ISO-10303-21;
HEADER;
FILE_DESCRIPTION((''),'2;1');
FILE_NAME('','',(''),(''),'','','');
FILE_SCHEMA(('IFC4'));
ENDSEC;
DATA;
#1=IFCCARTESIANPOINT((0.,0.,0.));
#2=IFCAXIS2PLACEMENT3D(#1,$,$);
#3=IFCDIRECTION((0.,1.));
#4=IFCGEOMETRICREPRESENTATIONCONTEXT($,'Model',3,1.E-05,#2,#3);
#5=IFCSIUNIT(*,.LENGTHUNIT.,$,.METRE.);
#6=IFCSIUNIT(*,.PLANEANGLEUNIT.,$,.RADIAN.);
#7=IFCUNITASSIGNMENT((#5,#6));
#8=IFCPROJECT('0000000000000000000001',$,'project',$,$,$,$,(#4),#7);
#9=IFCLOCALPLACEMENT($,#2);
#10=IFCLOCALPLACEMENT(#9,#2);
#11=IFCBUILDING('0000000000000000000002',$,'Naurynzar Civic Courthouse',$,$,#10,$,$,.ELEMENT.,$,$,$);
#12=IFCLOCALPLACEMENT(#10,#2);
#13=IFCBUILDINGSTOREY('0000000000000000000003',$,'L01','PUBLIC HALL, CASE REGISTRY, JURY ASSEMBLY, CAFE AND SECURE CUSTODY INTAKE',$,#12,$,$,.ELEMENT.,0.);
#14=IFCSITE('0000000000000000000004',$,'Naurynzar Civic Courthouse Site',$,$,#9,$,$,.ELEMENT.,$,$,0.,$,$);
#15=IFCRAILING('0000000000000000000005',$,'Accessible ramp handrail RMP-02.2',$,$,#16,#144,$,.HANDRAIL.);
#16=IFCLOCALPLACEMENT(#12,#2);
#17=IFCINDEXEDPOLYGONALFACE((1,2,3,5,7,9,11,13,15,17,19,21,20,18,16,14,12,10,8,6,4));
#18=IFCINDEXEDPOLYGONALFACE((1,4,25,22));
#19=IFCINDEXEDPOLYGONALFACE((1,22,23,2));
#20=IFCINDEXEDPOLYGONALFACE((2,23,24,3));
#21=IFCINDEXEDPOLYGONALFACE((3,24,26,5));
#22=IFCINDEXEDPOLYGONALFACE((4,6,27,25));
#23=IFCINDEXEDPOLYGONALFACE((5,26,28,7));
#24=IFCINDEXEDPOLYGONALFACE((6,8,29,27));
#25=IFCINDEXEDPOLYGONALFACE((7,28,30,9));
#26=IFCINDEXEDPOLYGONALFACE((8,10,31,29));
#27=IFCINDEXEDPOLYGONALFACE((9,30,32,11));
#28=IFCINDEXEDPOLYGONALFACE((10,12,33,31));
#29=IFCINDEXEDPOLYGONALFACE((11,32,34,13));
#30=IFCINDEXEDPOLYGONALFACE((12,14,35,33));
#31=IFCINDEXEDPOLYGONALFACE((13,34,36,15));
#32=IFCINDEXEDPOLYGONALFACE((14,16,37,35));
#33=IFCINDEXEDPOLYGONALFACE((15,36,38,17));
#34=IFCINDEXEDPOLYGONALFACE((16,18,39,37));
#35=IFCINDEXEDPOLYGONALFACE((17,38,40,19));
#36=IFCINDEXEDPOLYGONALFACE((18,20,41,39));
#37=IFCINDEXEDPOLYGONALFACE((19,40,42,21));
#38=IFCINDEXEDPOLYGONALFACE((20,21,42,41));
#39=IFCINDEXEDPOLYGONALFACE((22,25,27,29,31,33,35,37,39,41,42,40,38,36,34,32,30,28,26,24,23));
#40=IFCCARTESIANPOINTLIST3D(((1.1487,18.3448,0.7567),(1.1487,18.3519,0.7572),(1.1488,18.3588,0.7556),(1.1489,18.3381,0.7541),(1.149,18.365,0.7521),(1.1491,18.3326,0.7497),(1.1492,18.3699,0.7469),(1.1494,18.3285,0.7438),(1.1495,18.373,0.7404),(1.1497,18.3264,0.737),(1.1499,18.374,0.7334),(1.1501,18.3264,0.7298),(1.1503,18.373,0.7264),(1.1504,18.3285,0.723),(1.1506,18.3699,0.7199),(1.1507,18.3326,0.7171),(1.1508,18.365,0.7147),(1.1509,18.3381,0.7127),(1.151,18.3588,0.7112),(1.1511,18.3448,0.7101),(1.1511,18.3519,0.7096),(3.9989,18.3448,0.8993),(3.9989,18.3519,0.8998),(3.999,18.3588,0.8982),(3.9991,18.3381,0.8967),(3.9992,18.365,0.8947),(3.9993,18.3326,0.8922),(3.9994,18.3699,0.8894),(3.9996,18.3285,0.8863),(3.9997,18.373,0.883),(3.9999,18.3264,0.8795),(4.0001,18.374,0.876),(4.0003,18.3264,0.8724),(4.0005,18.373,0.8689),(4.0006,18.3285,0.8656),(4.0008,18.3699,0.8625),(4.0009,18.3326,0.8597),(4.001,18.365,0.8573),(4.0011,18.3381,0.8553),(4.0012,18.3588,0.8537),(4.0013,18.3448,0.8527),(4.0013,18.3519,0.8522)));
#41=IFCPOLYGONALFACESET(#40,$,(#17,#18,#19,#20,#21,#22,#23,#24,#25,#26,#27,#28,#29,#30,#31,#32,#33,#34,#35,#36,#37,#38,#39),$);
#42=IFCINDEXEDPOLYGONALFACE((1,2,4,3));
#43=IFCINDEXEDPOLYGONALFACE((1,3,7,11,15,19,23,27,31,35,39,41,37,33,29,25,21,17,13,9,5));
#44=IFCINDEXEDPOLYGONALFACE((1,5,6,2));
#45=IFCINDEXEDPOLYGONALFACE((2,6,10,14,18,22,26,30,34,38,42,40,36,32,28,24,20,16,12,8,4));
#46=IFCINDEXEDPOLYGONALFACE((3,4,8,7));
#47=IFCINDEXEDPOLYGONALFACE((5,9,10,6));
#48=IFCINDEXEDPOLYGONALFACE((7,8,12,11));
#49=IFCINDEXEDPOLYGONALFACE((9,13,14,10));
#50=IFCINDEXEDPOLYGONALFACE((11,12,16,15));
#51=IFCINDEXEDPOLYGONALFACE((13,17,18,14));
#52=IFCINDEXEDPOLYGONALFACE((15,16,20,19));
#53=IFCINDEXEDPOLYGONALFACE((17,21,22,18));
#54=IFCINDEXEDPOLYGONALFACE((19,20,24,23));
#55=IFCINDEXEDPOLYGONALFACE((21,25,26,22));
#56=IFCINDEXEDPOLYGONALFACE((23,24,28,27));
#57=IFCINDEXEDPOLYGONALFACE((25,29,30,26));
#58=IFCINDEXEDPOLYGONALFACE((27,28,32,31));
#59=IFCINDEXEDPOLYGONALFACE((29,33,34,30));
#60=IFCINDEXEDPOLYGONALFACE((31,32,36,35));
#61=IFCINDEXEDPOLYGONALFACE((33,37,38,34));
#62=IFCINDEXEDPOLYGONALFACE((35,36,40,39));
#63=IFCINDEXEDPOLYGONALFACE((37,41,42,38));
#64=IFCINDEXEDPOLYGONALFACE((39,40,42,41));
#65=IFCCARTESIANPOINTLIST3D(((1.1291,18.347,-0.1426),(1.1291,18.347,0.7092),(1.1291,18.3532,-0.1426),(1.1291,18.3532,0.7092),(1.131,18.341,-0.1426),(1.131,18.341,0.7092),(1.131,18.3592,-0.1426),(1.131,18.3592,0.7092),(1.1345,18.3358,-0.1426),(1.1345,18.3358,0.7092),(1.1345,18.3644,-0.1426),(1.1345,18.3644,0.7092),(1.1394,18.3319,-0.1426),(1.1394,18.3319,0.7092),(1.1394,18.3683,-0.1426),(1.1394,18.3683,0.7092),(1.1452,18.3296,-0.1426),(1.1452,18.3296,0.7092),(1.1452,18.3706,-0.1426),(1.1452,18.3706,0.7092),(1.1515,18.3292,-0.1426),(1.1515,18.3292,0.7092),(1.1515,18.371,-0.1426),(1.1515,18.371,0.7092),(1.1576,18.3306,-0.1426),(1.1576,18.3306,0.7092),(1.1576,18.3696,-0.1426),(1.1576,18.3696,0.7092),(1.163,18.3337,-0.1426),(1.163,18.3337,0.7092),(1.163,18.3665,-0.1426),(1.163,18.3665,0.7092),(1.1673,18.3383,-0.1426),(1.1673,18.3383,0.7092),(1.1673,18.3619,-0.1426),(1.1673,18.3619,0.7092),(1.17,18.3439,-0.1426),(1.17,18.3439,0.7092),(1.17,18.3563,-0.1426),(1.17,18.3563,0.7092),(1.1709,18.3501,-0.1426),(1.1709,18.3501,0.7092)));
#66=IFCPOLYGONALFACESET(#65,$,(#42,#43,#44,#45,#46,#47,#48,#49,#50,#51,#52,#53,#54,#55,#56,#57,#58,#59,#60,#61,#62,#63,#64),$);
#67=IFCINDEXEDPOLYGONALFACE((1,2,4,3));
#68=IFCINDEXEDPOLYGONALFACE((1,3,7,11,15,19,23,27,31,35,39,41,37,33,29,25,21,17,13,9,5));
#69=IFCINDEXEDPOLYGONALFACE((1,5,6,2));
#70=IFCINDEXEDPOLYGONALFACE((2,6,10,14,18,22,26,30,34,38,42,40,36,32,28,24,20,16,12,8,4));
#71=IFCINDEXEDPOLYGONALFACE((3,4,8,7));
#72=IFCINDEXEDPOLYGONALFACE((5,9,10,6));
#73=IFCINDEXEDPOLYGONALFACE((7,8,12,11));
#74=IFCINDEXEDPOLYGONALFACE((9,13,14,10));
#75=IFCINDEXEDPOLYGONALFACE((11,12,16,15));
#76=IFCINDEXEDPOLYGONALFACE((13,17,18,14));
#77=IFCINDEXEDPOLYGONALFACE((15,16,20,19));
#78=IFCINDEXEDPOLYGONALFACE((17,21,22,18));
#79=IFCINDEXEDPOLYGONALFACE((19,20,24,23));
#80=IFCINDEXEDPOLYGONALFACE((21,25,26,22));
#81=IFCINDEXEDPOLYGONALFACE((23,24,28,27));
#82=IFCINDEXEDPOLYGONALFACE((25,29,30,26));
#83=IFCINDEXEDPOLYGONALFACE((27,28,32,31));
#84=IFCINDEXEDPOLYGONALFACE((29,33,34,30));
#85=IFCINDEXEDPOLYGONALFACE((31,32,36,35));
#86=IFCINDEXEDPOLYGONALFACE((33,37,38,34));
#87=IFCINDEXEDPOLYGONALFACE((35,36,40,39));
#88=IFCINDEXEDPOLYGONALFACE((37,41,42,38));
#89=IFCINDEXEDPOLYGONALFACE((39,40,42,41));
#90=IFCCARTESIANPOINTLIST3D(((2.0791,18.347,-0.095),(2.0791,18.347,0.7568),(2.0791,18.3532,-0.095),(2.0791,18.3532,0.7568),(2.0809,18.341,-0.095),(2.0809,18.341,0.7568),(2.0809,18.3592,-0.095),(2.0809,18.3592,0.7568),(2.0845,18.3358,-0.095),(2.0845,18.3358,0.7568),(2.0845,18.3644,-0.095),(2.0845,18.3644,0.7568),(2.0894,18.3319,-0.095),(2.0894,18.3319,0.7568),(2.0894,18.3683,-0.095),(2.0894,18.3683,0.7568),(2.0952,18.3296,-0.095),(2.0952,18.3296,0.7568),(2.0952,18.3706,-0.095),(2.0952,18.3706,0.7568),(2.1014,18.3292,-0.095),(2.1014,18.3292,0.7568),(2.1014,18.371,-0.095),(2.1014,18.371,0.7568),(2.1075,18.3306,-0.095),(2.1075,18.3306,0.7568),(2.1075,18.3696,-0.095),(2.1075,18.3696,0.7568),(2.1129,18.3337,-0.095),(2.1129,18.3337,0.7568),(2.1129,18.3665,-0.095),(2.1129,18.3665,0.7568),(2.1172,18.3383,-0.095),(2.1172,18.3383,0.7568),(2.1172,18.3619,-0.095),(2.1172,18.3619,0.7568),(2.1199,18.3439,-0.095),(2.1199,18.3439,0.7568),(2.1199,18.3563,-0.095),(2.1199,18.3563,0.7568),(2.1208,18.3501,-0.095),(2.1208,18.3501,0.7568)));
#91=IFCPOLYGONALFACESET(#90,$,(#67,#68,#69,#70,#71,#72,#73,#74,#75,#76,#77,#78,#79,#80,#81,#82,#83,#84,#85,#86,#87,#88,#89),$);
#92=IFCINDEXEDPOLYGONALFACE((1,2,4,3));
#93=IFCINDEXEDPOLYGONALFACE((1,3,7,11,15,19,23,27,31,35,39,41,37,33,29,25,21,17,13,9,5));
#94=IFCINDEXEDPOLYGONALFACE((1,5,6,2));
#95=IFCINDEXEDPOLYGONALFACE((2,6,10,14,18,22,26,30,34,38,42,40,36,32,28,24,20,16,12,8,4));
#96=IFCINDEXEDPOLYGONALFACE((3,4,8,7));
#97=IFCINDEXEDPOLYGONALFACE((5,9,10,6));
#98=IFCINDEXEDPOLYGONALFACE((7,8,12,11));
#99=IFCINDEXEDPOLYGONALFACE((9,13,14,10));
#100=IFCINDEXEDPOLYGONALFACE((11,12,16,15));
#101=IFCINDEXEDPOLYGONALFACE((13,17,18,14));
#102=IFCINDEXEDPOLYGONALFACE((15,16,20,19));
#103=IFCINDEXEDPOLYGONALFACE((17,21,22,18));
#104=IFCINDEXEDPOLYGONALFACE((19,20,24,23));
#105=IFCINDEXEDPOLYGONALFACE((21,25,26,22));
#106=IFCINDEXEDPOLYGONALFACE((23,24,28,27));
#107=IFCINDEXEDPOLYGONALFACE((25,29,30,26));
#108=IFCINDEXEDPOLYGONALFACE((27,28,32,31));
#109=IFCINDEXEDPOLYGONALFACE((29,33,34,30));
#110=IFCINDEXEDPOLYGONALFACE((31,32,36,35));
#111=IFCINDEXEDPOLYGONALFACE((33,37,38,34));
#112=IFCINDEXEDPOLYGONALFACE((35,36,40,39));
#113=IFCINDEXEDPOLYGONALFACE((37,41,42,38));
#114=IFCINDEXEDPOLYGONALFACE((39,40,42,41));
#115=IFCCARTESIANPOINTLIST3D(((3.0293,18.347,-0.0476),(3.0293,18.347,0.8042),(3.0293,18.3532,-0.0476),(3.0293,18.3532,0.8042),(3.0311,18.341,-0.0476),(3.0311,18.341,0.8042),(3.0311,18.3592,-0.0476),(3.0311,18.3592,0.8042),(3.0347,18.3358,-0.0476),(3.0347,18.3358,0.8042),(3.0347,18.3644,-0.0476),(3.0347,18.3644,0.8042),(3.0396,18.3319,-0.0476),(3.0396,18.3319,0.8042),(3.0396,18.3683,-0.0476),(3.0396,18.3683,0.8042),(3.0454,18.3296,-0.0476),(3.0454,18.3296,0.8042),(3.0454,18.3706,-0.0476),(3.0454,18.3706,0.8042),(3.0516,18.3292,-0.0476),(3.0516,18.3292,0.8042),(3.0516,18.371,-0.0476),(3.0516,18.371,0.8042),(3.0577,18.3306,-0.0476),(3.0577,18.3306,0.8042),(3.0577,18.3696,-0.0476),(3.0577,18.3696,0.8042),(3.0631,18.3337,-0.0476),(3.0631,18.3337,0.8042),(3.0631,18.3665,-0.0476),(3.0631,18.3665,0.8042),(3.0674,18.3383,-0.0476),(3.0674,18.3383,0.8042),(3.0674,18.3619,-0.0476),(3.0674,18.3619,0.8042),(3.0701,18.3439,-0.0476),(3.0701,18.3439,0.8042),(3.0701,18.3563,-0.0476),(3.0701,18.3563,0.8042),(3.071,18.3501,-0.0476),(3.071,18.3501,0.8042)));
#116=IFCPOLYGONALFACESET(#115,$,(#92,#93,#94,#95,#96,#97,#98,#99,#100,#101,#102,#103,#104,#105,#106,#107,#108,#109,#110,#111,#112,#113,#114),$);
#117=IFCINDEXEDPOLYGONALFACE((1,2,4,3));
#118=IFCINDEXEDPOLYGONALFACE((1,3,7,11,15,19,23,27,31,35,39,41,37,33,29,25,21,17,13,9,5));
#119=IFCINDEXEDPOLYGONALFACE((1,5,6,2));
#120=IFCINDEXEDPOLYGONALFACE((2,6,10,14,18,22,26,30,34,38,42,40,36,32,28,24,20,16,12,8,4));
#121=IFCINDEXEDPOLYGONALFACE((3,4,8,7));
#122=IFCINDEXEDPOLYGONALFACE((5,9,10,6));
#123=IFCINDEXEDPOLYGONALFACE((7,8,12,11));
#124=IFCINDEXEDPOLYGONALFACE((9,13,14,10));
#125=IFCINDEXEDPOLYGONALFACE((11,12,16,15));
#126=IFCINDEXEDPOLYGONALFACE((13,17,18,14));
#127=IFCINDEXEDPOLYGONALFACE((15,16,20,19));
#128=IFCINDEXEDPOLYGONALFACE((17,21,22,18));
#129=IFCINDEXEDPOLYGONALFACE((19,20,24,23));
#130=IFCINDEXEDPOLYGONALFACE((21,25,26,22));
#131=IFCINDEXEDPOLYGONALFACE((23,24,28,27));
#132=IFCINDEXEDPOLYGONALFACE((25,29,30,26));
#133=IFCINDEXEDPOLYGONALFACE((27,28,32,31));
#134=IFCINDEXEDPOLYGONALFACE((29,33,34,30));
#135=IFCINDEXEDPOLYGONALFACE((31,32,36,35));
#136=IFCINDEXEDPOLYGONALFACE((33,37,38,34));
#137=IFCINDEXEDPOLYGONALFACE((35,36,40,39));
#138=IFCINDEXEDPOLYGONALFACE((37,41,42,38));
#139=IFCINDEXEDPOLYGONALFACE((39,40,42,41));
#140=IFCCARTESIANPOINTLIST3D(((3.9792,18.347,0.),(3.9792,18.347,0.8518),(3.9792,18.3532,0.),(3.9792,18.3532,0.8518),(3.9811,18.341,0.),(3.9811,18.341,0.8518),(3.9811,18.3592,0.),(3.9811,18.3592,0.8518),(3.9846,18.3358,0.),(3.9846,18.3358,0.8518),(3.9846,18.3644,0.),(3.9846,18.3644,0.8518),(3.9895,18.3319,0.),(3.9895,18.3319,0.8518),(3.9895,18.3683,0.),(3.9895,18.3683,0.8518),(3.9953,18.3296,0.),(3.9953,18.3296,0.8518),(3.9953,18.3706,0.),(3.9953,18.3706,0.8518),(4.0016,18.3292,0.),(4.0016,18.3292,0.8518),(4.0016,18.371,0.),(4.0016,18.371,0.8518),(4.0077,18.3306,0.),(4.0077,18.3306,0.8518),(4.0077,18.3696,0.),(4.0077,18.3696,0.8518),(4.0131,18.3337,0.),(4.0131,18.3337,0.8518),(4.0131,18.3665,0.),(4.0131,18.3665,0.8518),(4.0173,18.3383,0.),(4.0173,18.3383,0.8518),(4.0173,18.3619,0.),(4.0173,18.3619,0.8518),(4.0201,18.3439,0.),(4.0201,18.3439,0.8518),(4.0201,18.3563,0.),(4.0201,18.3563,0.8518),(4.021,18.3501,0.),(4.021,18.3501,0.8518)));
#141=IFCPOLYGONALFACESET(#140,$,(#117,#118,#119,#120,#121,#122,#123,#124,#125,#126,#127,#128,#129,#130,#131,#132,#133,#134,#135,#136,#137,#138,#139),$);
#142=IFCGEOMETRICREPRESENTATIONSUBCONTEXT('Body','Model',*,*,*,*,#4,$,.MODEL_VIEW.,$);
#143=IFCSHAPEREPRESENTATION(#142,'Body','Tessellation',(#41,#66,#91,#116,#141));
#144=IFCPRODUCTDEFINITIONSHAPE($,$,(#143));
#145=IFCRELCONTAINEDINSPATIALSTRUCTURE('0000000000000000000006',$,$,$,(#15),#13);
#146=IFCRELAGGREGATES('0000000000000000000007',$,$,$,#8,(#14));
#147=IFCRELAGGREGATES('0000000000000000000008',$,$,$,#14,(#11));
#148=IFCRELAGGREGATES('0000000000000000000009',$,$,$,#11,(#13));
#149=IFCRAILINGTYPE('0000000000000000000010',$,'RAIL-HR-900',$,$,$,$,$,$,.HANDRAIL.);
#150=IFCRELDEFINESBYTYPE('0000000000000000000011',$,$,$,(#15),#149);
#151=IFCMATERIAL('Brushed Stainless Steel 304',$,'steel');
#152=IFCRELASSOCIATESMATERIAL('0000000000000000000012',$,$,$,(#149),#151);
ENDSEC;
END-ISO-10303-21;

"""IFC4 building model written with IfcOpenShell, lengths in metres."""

from ifc_helpers import new_model, si_unit, direction, frame, origin, origin_2d, place, context, subcontext, project, spatial, circle, extrude, material, type_object, element, save


model = new_model("IFC4")

# Units and contexts
model_context = context("Model", 3, precision=1e-05, world=origin(), true_north=direction((0.0, 1.0)))
body_context = subcontext(model_context, "Body", "Model", "MODEL_VIEW")
ifc_project = project(units=[si_unit("LENGTHUNIT", "METRE"), si_unit("PLANEANGLEUNIT", "RADIAN")], contexts=[model_context])

# Site, building, storey
site_placement = place(None, origin())
site = spatial("IfcSite", under=ifc_project, at=site_placement, Name="Naurynzar Civic Courthouse Site", CompositionType="ELEMENT", RefElevation=0.0)
building_placement = place(site_placement, origin())
building = spatial("IfcBuilding", under=site, at=building_placement, Name="Naurynzar Civic Courthouse", CompositionType="ELEMENT")
storey_placement = place(building_placement, origin())
storey = spatial("IfcBuildingStorey", under=building, at=storey_placement, Name="L01", Description="PUBLIC HALL, CASE REGISTRY, JURY ASSEMBLY, CAFE AND SECURE CUSTODY INTAKE", CompositionType="ELEMENT", Elevation=0.0)

# Railing
ifc_material_1 = material(Name="Brushed Stainless Steel 304", Category="steel")
railing_type_1 = type_object("IfcRailingType", Name="RAIL-HR-900", PredefinedType="HANDRAIL", material=ifc_material_1)
railing_1_placement = place(storey_placement, frame((1.1499, 18.3501, -0.1426)))
element("IfcRailing", 1, at=railing_1_placement, inside=storey, type_object=railing_type_1, Name="Accessible ramp handrail RMP-02.2", PredefinedType="HANDRAIL", context=body_context, shape_type="SweptSolid", body=[
    extrude(circle(Radius=0.0239, at=origin_2d()), frame((0.0, 0.0, 0.876), z_axis=(0.998751, 0.0, 0.049963), x_axis=(0.0, 1.0, 0.0)), (0.0, 0.0, 1.0), 2.8538),
    extrude(circle(Radius=0.021, at=origin_2d()), origin(), (0.0, 0.0, 1.0), 0.8518),
    extrude(circle(Radius=0.021, at=origin_2d()), frame((0.95, 0.0, 0.0476)), (0.0, 0.0, 1.0), 0.8518),
    extrude(circle(Radius=0.021, at=origin_2d()), frame((1.9001, 0.0, 0.095)), (0.0, 0.0, 1.0), 0.8518),
    extrude(circle(Radius=0.021, at=origin_2d()), frame((2.8501, 0.0, 0.1426)), (0.0, 0.0, 1.0), 0.8518),
])

save(model, "model.ifc")
